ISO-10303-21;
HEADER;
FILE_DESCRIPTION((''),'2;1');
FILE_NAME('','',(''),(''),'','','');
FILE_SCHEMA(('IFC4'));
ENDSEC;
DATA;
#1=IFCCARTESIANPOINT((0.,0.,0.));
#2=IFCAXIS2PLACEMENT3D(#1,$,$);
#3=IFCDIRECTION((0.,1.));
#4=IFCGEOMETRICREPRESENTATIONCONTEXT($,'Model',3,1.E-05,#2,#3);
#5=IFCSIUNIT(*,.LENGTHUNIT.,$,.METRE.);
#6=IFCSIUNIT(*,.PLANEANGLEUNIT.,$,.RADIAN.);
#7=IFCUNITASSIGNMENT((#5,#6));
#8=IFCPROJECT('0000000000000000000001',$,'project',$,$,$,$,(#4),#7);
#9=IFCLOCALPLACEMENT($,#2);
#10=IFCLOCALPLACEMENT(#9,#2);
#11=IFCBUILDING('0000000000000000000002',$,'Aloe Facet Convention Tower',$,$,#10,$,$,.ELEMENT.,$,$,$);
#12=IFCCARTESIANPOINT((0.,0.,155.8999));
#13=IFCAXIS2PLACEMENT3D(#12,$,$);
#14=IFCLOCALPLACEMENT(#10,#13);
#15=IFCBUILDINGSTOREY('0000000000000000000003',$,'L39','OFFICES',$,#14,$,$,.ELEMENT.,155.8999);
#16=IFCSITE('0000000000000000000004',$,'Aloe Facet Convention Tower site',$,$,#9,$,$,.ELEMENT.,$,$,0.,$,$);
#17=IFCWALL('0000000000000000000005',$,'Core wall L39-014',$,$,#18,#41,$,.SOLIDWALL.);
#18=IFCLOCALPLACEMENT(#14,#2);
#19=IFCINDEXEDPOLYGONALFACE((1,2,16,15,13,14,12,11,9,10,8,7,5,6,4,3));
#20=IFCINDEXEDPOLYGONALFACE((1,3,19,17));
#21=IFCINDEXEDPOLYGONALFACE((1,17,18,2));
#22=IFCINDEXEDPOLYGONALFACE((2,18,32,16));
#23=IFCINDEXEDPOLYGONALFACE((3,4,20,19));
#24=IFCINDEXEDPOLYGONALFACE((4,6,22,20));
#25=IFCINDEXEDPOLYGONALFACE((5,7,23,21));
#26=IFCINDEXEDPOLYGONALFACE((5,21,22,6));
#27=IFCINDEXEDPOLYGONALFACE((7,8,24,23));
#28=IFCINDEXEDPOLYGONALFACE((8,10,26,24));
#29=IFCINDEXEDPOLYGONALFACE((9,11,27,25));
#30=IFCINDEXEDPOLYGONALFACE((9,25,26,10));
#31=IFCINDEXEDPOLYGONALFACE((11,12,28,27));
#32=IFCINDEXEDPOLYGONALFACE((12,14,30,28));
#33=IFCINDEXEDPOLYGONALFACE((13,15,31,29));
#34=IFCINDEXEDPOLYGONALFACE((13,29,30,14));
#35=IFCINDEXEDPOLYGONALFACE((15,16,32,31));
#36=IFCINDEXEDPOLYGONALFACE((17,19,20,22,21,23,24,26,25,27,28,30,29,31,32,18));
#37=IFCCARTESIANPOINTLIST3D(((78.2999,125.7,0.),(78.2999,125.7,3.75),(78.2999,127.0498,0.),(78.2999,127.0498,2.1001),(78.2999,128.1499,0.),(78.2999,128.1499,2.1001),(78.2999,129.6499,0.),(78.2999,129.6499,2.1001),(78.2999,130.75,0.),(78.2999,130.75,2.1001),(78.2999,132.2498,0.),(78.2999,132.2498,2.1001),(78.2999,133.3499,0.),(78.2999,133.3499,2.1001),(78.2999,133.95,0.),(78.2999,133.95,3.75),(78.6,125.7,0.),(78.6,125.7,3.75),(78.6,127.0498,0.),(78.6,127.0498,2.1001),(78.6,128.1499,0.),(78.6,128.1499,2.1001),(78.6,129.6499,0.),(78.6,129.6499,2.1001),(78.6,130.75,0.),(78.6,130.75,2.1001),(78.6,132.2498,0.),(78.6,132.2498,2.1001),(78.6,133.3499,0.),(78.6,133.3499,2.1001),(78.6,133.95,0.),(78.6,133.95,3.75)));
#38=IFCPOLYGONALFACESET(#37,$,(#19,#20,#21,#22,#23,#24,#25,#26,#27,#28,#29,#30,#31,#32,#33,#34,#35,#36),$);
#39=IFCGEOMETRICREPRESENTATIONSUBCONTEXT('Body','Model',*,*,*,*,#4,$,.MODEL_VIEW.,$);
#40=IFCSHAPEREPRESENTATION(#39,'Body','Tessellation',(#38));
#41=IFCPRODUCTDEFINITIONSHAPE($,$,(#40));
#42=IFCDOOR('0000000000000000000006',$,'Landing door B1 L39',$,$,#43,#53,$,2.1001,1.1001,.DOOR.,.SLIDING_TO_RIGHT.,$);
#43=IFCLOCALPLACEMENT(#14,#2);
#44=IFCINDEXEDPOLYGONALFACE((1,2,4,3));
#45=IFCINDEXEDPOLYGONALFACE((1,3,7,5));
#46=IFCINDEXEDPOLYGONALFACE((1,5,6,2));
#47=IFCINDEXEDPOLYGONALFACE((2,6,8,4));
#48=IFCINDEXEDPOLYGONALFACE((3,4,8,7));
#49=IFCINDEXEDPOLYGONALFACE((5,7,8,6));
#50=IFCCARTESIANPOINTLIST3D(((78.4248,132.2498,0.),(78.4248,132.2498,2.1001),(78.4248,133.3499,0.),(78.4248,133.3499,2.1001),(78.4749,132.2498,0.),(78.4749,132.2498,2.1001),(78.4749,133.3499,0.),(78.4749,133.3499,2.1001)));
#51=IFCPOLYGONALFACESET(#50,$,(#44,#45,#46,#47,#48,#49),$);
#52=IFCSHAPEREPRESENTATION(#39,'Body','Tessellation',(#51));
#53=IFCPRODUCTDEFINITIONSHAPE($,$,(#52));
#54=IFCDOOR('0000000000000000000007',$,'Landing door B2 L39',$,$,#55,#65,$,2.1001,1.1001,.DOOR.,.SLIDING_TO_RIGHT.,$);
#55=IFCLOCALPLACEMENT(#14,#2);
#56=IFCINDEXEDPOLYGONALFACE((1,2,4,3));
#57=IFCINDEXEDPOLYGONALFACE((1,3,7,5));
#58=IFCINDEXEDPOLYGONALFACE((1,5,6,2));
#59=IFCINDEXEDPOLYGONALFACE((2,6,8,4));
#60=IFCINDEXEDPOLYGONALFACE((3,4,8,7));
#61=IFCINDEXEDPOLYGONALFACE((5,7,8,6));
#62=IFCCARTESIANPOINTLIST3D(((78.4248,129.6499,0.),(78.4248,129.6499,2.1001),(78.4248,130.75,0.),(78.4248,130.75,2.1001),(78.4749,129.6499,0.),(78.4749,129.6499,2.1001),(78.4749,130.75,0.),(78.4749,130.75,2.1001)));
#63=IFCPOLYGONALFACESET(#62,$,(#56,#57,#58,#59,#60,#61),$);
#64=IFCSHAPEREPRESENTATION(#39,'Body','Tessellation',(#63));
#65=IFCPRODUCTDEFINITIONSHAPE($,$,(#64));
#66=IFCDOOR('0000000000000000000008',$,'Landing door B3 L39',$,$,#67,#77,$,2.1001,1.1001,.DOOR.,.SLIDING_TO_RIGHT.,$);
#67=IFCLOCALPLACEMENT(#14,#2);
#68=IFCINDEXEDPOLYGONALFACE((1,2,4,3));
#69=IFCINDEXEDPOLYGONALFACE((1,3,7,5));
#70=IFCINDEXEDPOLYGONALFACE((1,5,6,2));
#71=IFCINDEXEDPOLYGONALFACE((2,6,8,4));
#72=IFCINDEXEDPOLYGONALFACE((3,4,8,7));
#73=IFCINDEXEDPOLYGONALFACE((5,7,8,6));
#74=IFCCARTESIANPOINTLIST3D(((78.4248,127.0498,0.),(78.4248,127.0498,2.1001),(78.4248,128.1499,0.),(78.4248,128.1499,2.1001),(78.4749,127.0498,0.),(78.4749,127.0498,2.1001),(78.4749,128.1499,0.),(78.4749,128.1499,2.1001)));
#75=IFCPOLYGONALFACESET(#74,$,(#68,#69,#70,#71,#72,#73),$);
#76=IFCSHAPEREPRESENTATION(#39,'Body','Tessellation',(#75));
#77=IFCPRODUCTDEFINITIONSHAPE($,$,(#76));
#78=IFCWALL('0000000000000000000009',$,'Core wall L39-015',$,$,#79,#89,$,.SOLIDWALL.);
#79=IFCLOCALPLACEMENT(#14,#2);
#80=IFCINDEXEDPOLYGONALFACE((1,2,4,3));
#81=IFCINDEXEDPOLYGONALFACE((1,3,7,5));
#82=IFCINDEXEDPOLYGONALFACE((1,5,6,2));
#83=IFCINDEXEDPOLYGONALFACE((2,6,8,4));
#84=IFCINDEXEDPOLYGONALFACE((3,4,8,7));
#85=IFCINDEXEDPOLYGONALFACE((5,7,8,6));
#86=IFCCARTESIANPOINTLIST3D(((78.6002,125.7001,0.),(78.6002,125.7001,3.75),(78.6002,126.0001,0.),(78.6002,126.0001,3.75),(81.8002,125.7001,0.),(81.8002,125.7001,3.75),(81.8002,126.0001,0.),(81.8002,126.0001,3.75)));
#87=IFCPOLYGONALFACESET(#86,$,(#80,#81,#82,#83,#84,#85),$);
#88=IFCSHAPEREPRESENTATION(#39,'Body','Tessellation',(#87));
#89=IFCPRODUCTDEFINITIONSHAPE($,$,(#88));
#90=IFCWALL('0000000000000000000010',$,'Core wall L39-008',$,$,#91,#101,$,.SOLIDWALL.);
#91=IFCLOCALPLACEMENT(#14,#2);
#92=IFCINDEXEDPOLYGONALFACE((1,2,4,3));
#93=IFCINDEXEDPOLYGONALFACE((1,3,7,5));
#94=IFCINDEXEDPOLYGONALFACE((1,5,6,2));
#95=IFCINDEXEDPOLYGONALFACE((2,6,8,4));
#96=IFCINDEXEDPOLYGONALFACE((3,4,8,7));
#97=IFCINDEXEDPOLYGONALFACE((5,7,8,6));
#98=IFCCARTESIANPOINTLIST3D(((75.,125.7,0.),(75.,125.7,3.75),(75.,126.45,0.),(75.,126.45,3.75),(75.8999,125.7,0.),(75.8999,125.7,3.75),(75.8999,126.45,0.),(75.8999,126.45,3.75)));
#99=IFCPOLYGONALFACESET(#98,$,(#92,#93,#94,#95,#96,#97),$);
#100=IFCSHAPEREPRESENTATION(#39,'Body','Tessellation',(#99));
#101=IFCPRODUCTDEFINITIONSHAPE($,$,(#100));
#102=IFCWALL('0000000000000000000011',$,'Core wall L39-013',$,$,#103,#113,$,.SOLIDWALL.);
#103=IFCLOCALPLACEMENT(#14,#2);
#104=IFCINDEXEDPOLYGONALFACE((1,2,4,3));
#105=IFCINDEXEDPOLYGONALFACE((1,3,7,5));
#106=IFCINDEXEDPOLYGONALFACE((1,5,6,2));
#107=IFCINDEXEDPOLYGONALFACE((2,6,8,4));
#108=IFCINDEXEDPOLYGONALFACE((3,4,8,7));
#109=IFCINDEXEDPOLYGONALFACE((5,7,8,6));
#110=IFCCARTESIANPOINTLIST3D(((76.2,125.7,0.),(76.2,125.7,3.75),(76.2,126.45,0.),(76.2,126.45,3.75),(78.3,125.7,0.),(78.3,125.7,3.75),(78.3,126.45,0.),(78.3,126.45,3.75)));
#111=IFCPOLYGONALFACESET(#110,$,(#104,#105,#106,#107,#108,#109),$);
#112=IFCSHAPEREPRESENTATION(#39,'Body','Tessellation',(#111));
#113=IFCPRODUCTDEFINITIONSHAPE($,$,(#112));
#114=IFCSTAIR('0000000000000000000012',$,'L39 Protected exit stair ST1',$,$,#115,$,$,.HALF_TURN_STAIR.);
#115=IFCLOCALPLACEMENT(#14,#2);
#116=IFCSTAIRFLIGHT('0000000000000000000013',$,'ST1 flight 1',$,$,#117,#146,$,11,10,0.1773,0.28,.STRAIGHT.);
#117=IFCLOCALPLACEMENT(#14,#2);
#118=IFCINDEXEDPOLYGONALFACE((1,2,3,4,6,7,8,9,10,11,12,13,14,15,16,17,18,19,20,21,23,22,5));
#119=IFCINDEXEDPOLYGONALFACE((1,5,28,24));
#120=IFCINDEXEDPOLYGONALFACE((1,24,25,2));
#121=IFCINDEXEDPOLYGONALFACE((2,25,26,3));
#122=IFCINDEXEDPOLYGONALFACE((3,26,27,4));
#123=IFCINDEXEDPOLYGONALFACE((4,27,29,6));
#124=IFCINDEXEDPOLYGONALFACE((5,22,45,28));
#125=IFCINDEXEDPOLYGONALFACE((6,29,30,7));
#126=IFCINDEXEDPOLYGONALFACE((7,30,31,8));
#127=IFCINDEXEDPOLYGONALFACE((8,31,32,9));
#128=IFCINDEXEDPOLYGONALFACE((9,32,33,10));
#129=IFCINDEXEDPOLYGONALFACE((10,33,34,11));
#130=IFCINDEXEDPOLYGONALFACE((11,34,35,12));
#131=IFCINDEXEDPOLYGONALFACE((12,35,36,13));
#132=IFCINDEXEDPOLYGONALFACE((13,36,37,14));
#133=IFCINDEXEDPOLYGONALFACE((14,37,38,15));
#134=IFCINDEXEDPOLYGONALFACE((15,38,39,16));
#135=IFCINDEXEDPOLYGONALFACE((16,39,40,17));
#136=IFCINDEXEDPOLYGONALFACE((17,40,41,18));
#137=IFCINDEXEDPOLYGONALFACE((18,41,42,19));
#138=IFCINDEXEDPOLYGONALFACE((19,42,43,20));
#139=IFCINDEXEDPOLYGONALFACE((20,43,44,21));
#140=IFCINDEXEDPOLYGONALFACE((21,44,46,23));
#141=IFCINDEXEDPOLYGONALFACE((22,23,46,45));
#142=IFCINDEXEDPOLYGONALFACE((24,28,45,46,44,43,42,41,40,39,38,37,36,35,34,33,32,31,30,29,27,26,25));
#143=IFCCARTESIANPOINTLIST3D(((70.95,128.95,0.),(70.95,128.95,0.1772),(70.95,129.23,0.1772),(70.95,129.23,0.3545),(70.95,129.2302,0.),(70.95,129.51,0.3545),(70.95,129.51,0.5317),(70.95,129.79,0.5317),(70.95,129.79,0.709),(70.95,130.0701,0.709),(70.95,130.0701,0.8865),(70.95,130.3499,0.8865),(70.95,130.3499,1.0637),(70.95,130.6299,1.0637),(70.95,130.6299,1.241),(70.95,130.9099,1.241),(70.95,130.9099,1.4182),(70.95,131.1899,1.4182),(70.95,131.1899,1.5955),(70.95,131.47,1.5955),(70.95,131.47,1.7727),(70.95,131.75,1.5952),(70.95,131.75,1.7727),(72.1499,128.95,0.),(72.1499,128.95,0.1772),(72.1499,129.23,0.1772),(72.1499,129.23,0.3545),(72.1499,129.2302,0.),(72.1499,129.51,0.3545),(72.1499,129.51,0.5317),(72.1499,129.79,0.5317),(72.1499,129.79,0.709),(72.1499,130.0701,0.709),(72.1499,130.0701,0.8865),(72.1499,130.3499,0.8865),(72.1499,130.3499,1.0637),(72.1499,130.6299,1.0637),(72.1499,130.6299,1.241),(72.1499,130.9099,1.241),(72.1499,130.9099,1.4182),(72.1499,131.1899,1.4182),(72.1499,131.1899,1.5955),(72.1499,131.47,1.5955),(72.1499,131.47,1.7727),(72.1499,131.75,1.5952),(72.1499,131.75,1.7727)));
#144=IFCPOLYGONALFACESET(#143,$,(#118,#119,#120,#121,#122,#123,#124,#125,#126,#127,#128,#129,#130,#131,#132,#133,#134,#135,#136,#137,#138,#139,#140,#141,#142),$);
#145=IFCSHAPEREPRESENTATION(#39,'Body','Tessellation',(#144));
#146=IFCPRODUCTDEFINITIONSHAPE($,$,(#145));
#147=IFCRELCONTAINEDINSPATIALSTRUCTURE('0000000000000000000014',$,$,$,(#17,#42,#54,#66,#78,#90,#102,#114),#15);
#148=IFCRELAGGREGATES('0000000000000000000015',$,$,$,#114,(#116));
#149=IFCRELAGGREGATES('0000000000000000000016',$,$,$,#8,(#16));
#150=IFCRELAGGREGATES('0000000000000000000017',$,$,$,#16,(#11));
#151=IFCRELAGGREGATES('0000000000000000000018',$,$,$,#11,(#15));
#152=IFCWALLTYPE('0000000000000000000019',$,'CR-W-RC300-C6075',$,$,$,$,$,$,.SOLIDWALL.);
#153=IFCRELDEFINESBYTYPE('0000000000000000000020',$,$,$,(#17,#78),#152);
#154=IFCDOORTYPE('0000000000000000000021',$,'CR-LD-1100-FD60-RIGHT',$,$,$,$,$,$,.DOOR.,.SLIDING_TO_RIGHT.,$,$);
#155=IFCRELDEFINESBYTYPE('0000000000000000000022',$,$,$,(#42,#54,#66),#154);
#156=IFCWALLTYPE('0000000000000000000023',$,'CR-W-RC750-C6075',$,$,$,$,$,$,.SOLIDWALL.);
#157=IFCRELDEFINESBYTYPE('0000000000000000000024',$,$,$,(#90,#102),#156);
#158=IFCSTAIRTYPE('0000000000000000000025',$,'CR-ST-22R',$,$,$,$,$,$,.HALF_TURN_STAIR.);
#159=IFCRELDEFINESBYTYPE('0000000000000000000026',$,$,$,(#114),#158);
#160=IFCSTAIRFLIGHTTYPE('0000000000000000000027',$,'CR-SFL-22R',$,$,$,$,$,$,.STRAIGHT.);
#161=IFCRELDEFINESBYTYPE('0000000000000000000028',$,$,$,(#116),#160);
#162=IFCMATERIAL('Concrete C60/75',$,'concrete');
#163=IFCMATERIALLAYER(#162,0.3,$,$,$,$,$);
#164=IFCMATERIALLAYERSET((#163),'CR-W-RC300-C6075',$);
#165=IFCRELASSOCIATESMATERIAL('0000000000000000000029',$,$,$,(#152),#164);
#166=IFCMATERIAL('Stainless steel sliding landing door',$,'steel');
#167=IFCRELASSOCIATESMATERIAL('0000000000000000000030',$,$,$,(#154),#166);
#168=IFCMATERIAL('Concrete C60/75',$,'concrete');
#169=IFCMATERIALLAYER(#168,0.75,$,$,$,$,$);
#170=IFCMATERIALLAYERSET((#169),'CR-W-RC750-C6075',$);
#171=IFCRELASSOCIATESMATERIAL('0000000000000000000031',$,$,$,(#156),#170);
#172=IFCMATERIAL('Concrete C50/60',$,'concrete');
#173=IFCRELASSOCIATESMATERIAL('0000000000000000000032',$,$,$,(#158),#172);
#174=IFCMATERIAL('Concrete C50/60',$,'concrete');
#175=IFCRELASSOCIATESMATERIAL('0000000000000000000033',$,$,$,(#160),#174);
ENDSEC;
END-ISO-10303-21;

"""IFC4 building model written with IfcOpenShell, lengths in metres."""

from ifc_helpers import new_model, si_unit, direction, frame, frame_2d, origin, place, context, subcontext, project, spatial, polyline, rectangle, outline, extrude, material, layer, layer_set, type_object, element, fill, aggregate, save


model = new_model("IFC4")

# Units and contexts
model_context = context("Model", 3, precision=1e-05, world=origin(), true_north=direction((0.0, 1.0)))
body_context = subcontext(model_context, "Body", "Model", "MODEL_VIEW")
ifc_project = project(units=[si_unit("LENGTHUNIT", "METRE"), si_unit("PLANEANGLEUNIT", "RADIAN")], contexts=[model_context])

# Site, building, storey
site_placement = place(None, origin())
site = spatial("IfcSite", under=ifc_project, at=site_placement, Name="Aloe Facet Convention Tower site", CompositionType="ELEMENT", RefElevation=0.0)
building_placement = place(site_placement, origin())
building = spatial("IfcBuilding", under=site, at=building_placement, Name="Aloe Facet Convention Tower", CompositionType="ELEMENT")
storey_placement = place(building_placement, frame((0.0, 0.0, 155.8999)))
storey = spatial("IfcBuildingStorey", under=building, at=storey_placement, Name="L39", Description="OFFICES", CompositionType="ELEMENT", Elevation=155.8999)

# Shared definitions
ifc_material_1 = material(Name="Concrete C60/75", Category="concrete")
ifc_layer_1 = layer(ifc_material_1, 0.3)
ifc_layer_set_1 = layer_set([ifc_layer_1], Name="CR-W-RC300-C6075")
wall_type_1 = type_object("IfcWallType", Name="CR-W-RC300-C6075", PredefinedType="SOLIDWALL", material=ifc_layer_set_1)

# Wall, openings, doors
wall_1_placement = place(storey_placement, frame((78.45, 133.95, 0.0), z_axis=(0.0, 0.0, 1.0), x_axis=(0.0, -1.0, 0.0)))
wall_1 = element("IfcWall", 1, at=wall_1_placement, inside=storey, type_object=wall_type_1, Name="Core wall L39-014", PredefinedType="SOLIDWALL", context=body_context, shape_type="SweptSolid", body=[
    extrude(rectangle(XDim=8.25, YDim=0.3, at=frame_2d((4.125, 0.0))), origin(), (0.0, 0.0, 1.0), 3.75),
])
opening_1_placement = place(wall_1_placement, frame((0.6001, 0.0, 0.0)))
opening_1 = element("IfcOpeningElement", 2, at=opening_1_placement, cuts=wall_1, PredefinedType="OPENING", context=body_context, shape_type="SweptSolid", body=[
    extrude(rectangle(XDim=1.1001, YDim=2.1001, at=frame_2d((0.55, 1.05))), frame((0.0, 0.1602, 0.0), z_axis=(0.0, -1.0, 0.0), x_axis=(1.0, 0.0, 0.0)), (0.0, 0.0, 1.0), 0.3201),
])
opening_2_placement = place(wall_1_placement, frame((3.2, 0.0, 0.0)))
opening_2 = element("IfcOpeningElement", 3, at=opening_2_placement, cuts=wall_1, PredefinedType="OPENING", context=body_context, shape_type="SweptSolid", body=[
    extrude(rectangle(XDim=1.1001, YDim=2.1001, at=frame_2d((0.55, 1.05))), frame((0.0, 0.1602, 0.0), z_axis=(0.0, -1.0, 0.0), x_axis=(1.0, 0.0, 0.0)), (0.0, 0.0, 1.0), 0.3201),
])
opening_3_placement = place(wall_1_placement, frame((5.8, 0.0, 0.0)))
opening_3 = element("IfcOpeningElement", 4, at=opening_3_placement, cuts=wall_1, PredefinedType="OPENING", context=body_context, shape_type="SweptSolid", body=[
    extrude(rectangle(XDim=1.1001, YDim=2.1001, at=frame_2d((0.55, 1.05))), frame((0.0, 0.1602, 0.0), z_axis=(0.0, -1.0, 0.0), x_axis=(1.0, 0.0, 0.0)), (0.0, 0.0, 1.0), 0.3201),
])
ifc_material_2 = material(Name="Stainless steel sliding landing door", Category="steel")
door_type_1 = type_object("IfcDoorType", Name="CR-LD-1100-FD60-RIGHT", OperationType="SLIDING_TO_RIGHT", PredefinedType="DOOR", material=ifc_material_2)
door_1_placement = place(opening_1_placement, origin())
door_1 = element("IfcDoor", 5, at=door_1_placement, inside=storey, type_object=door_type_1, Name="Landing door B1 L39", OperationType="SLIDING_TO_RIGHT", OverallHeight=2.1001, OverallWidth=1.1001, PredefinedType="DOOR", context=body_context, shape_type="SweptSolid", body=[
    extrude(rectangle(XDim=1.1001, YDim=2.1001, at=frame_2d((0.55, 1.05))), frame((0.0, 0.0249, 0.0), z_axis=(0.0, -1.0, 0.0), x_axis=(1.0, 0.0, 0.0)), (0.0, 0.0, 1.0), 0.05),
])
fill(opening_1, door_1)
door_2_placement = place(opening_2_placement, origin())
door_2 = element("IfcDoor", 6, at=door_2_placement, inside=storey, type_object=door_type_1, Name="Landing door B2 L39", OperationType="SLIDING_TO_RIGHT", OverallHeight=2.1001, OverallWidth=1.1001, PredefinedType="DOOR", context=body_context, shape_type="SweptSolid", body=[
    extrude(rectangle(XDim=1.1001, YDim=2.1001, at=frame_2d((0.55, 1.05))), frame((0.0, 0.0249, 0.0), z_axis=(0.0, -1.0, 0.0), x_axis=(1.0, 0.0, 0.0)), (0.0, 0.0, 1.0), 0.05),
])
fill(opening_2, door_2)
door_3_placement = place(opening_3_placement, origin())
door_3 = element("IfcDoor", 7, at=door_3_placement, inside=storey, type_object=door_type_1, Name="Landing door B3 L39", OperationType="SLIDING_TO_RIGHT", OverallHeight=2.1001, OverallWidth=1.1001, PredefinedType="DOOR", context=body_context, shape_type="SweptSolid", body=[
    extrude(rectangle(XDim=1.1001, YDim=2.1001, at=frame_2d((0.55, 1.05))), frame((0.0, 0.0249, 0.0), z_axis=(0.0, -1.0, 0.0), x_axis=(1.0, 0.0, 0.0)), (0.0, 0.0, 1.0), 0.05),
])
fill(opening_3, door_3)

# Walls
wall_2_placement = place(storey_placement, frame((78.6001, 125.8501, 0.0), z_axis=(0.0, 0.0, 1.0), x_axis=(1.0, 0.0, 0.0)))
element("IfcWall", 8, at=wall_2_placement, inside=storey, type_object=wall_type_1, Name="Core wall L39-015", PredefinedType="SOLIDWALL", context=body_context, shape_type="SweptSolid", body=[
    extrude(rectangle(XDim=3.2, YDim=0.3, at=frame_2d((1.6001, 0.0))), origin(), (0.0, 0.0, 1.0), 3.75),
])
ifc_material_3 = material(Name="Concrete C60/75", Category="concrete")
ifc_layer_2 = layer(ifc_material_3, 0.75)
ifc_layer_set_2 = layer_set([ifc_layer_2], Name="CR-W-RC750-C6075")
wall_type_2 = type_object("IfcWallType", Name="CR-W-RC750-C6075", PredefinedType="SOLIDWALL", material=ifc_layer_set_2)
wall_3_placement = place(storey_placement, frame((75.0, 126.075, 0.0), z_axis=(0.0, 0.0, 1.0), x_axis=(1.0, 0.0, 0.0)))
element("IfcWall", 9, at=wall_3_placement, inside=storey, type_object=wall_type_2, Name="Core wall L39-008", PredefinedType="SOLIDWALL", context=body_context, shape_type="SweptSolid", body=[
    extrude(rectangle(XDim=0.8999, YDim=0.75, at=frame_2d((0.45, 0.0))), origin(), (0.0, 0.0, 1.0), 3.75),
])
wall_4_placement = place(storey_placement, frame((76.2, 126.075, 0.0), z_axis=(0.0, 0.0, 1.0), x_axis=(1.0, 0.0, 0.0)))
element("IfcWall", 10, at=wall_4_placement, inside=storey, type_object=wall_type_2, Name="Core wall L39-013", PredefinedType="SOLIDWALL", context=body_context, shape_type="SweptSolid", body=[
    extrude(rectangle(XDim=2.1001, YDim=0.75, at=frame_2d((1.05, 0.0))), origin(), (0.0, 0.0, 1.0), 3.75),
])

# Stair, stair flight
ifc_material_4 = material(Name="Concrete C50/60", Category="concrete")
stair_type = type_object("IfcStairType", Name="CR-ST-22R", PredefinedType="HALF_TURN_STAIR", material=ifc_material_4)
stair_1_placement = place(storey_placement, origin())
stair_1 = element("IfcStair", 11, at=stair_1_placement, inside=storey, type_object=stair_type, Name="L39 Protected exit stair ST1", PredefinedType="HALF_TURN_STAIR")
ifc_material_5 = material(Name="Concrete C50/60", Category="concrete")
stair_flight_type = type_object("IfcStairFlightType", Name="CR-SFL-22R", PredefinedType="STRAIGHT", material=ifc_material_5)
stair_flight_1_placement = place(storey_placement, frame((71.55, 128.95, 0.0), z_axis=(0.0, 0.0, 1.0), x_axis=(0.0, 1.0, 0.0)))
stair_flight_1 = element("IfcStairFlight", 12, at=stair_flight_1_placement, type_object=stair_flight_type, Name="ST1 flight 1", NumberOfRisers=11, NumberOfTreads=10, PredefinedType="STRAIGHT", RiserHeight=0.1773, TreadLength=0.28, context=body_context, shape_type="SweptSolid", body=[
    extrude(outline(polyline([(0.0, 0.0), (0.0, 0.1772), (0.28, 0.1772), (0.28, 0.3545), (0.5601, 0.3545), (0.5601, 0.5317), (0.8401, 0.5317), (0.8401, 0.709), (1.1201, 0.709), (1.1201, 0.8865), (1.3999, 0.8865), (1.3999, 1.0637), (1.6799, 1.0637), (1.6799, 1.241), (1.96, 1.241), (1.96, 1.4182), (2.24, 1.4182), (2.24, 1.5955), (2.52, 1.5955), (2.52, 1.7727), (2.8, 1.7727), (2.8, 1.95), (2.8, 1.5952), (0.2803, 0.0), (0.0, 0.0)])), frame((0.0, 0.6001, 0.0), z_axis=(0.0, -1.0, 0.0), x_axis=(1.0, 0.0, 0.0)), (0.0, 0.0, 1.0), 1.2),
])
aggregate(stair_1, [stair_flight_1])

save(model, "model.ifc")
